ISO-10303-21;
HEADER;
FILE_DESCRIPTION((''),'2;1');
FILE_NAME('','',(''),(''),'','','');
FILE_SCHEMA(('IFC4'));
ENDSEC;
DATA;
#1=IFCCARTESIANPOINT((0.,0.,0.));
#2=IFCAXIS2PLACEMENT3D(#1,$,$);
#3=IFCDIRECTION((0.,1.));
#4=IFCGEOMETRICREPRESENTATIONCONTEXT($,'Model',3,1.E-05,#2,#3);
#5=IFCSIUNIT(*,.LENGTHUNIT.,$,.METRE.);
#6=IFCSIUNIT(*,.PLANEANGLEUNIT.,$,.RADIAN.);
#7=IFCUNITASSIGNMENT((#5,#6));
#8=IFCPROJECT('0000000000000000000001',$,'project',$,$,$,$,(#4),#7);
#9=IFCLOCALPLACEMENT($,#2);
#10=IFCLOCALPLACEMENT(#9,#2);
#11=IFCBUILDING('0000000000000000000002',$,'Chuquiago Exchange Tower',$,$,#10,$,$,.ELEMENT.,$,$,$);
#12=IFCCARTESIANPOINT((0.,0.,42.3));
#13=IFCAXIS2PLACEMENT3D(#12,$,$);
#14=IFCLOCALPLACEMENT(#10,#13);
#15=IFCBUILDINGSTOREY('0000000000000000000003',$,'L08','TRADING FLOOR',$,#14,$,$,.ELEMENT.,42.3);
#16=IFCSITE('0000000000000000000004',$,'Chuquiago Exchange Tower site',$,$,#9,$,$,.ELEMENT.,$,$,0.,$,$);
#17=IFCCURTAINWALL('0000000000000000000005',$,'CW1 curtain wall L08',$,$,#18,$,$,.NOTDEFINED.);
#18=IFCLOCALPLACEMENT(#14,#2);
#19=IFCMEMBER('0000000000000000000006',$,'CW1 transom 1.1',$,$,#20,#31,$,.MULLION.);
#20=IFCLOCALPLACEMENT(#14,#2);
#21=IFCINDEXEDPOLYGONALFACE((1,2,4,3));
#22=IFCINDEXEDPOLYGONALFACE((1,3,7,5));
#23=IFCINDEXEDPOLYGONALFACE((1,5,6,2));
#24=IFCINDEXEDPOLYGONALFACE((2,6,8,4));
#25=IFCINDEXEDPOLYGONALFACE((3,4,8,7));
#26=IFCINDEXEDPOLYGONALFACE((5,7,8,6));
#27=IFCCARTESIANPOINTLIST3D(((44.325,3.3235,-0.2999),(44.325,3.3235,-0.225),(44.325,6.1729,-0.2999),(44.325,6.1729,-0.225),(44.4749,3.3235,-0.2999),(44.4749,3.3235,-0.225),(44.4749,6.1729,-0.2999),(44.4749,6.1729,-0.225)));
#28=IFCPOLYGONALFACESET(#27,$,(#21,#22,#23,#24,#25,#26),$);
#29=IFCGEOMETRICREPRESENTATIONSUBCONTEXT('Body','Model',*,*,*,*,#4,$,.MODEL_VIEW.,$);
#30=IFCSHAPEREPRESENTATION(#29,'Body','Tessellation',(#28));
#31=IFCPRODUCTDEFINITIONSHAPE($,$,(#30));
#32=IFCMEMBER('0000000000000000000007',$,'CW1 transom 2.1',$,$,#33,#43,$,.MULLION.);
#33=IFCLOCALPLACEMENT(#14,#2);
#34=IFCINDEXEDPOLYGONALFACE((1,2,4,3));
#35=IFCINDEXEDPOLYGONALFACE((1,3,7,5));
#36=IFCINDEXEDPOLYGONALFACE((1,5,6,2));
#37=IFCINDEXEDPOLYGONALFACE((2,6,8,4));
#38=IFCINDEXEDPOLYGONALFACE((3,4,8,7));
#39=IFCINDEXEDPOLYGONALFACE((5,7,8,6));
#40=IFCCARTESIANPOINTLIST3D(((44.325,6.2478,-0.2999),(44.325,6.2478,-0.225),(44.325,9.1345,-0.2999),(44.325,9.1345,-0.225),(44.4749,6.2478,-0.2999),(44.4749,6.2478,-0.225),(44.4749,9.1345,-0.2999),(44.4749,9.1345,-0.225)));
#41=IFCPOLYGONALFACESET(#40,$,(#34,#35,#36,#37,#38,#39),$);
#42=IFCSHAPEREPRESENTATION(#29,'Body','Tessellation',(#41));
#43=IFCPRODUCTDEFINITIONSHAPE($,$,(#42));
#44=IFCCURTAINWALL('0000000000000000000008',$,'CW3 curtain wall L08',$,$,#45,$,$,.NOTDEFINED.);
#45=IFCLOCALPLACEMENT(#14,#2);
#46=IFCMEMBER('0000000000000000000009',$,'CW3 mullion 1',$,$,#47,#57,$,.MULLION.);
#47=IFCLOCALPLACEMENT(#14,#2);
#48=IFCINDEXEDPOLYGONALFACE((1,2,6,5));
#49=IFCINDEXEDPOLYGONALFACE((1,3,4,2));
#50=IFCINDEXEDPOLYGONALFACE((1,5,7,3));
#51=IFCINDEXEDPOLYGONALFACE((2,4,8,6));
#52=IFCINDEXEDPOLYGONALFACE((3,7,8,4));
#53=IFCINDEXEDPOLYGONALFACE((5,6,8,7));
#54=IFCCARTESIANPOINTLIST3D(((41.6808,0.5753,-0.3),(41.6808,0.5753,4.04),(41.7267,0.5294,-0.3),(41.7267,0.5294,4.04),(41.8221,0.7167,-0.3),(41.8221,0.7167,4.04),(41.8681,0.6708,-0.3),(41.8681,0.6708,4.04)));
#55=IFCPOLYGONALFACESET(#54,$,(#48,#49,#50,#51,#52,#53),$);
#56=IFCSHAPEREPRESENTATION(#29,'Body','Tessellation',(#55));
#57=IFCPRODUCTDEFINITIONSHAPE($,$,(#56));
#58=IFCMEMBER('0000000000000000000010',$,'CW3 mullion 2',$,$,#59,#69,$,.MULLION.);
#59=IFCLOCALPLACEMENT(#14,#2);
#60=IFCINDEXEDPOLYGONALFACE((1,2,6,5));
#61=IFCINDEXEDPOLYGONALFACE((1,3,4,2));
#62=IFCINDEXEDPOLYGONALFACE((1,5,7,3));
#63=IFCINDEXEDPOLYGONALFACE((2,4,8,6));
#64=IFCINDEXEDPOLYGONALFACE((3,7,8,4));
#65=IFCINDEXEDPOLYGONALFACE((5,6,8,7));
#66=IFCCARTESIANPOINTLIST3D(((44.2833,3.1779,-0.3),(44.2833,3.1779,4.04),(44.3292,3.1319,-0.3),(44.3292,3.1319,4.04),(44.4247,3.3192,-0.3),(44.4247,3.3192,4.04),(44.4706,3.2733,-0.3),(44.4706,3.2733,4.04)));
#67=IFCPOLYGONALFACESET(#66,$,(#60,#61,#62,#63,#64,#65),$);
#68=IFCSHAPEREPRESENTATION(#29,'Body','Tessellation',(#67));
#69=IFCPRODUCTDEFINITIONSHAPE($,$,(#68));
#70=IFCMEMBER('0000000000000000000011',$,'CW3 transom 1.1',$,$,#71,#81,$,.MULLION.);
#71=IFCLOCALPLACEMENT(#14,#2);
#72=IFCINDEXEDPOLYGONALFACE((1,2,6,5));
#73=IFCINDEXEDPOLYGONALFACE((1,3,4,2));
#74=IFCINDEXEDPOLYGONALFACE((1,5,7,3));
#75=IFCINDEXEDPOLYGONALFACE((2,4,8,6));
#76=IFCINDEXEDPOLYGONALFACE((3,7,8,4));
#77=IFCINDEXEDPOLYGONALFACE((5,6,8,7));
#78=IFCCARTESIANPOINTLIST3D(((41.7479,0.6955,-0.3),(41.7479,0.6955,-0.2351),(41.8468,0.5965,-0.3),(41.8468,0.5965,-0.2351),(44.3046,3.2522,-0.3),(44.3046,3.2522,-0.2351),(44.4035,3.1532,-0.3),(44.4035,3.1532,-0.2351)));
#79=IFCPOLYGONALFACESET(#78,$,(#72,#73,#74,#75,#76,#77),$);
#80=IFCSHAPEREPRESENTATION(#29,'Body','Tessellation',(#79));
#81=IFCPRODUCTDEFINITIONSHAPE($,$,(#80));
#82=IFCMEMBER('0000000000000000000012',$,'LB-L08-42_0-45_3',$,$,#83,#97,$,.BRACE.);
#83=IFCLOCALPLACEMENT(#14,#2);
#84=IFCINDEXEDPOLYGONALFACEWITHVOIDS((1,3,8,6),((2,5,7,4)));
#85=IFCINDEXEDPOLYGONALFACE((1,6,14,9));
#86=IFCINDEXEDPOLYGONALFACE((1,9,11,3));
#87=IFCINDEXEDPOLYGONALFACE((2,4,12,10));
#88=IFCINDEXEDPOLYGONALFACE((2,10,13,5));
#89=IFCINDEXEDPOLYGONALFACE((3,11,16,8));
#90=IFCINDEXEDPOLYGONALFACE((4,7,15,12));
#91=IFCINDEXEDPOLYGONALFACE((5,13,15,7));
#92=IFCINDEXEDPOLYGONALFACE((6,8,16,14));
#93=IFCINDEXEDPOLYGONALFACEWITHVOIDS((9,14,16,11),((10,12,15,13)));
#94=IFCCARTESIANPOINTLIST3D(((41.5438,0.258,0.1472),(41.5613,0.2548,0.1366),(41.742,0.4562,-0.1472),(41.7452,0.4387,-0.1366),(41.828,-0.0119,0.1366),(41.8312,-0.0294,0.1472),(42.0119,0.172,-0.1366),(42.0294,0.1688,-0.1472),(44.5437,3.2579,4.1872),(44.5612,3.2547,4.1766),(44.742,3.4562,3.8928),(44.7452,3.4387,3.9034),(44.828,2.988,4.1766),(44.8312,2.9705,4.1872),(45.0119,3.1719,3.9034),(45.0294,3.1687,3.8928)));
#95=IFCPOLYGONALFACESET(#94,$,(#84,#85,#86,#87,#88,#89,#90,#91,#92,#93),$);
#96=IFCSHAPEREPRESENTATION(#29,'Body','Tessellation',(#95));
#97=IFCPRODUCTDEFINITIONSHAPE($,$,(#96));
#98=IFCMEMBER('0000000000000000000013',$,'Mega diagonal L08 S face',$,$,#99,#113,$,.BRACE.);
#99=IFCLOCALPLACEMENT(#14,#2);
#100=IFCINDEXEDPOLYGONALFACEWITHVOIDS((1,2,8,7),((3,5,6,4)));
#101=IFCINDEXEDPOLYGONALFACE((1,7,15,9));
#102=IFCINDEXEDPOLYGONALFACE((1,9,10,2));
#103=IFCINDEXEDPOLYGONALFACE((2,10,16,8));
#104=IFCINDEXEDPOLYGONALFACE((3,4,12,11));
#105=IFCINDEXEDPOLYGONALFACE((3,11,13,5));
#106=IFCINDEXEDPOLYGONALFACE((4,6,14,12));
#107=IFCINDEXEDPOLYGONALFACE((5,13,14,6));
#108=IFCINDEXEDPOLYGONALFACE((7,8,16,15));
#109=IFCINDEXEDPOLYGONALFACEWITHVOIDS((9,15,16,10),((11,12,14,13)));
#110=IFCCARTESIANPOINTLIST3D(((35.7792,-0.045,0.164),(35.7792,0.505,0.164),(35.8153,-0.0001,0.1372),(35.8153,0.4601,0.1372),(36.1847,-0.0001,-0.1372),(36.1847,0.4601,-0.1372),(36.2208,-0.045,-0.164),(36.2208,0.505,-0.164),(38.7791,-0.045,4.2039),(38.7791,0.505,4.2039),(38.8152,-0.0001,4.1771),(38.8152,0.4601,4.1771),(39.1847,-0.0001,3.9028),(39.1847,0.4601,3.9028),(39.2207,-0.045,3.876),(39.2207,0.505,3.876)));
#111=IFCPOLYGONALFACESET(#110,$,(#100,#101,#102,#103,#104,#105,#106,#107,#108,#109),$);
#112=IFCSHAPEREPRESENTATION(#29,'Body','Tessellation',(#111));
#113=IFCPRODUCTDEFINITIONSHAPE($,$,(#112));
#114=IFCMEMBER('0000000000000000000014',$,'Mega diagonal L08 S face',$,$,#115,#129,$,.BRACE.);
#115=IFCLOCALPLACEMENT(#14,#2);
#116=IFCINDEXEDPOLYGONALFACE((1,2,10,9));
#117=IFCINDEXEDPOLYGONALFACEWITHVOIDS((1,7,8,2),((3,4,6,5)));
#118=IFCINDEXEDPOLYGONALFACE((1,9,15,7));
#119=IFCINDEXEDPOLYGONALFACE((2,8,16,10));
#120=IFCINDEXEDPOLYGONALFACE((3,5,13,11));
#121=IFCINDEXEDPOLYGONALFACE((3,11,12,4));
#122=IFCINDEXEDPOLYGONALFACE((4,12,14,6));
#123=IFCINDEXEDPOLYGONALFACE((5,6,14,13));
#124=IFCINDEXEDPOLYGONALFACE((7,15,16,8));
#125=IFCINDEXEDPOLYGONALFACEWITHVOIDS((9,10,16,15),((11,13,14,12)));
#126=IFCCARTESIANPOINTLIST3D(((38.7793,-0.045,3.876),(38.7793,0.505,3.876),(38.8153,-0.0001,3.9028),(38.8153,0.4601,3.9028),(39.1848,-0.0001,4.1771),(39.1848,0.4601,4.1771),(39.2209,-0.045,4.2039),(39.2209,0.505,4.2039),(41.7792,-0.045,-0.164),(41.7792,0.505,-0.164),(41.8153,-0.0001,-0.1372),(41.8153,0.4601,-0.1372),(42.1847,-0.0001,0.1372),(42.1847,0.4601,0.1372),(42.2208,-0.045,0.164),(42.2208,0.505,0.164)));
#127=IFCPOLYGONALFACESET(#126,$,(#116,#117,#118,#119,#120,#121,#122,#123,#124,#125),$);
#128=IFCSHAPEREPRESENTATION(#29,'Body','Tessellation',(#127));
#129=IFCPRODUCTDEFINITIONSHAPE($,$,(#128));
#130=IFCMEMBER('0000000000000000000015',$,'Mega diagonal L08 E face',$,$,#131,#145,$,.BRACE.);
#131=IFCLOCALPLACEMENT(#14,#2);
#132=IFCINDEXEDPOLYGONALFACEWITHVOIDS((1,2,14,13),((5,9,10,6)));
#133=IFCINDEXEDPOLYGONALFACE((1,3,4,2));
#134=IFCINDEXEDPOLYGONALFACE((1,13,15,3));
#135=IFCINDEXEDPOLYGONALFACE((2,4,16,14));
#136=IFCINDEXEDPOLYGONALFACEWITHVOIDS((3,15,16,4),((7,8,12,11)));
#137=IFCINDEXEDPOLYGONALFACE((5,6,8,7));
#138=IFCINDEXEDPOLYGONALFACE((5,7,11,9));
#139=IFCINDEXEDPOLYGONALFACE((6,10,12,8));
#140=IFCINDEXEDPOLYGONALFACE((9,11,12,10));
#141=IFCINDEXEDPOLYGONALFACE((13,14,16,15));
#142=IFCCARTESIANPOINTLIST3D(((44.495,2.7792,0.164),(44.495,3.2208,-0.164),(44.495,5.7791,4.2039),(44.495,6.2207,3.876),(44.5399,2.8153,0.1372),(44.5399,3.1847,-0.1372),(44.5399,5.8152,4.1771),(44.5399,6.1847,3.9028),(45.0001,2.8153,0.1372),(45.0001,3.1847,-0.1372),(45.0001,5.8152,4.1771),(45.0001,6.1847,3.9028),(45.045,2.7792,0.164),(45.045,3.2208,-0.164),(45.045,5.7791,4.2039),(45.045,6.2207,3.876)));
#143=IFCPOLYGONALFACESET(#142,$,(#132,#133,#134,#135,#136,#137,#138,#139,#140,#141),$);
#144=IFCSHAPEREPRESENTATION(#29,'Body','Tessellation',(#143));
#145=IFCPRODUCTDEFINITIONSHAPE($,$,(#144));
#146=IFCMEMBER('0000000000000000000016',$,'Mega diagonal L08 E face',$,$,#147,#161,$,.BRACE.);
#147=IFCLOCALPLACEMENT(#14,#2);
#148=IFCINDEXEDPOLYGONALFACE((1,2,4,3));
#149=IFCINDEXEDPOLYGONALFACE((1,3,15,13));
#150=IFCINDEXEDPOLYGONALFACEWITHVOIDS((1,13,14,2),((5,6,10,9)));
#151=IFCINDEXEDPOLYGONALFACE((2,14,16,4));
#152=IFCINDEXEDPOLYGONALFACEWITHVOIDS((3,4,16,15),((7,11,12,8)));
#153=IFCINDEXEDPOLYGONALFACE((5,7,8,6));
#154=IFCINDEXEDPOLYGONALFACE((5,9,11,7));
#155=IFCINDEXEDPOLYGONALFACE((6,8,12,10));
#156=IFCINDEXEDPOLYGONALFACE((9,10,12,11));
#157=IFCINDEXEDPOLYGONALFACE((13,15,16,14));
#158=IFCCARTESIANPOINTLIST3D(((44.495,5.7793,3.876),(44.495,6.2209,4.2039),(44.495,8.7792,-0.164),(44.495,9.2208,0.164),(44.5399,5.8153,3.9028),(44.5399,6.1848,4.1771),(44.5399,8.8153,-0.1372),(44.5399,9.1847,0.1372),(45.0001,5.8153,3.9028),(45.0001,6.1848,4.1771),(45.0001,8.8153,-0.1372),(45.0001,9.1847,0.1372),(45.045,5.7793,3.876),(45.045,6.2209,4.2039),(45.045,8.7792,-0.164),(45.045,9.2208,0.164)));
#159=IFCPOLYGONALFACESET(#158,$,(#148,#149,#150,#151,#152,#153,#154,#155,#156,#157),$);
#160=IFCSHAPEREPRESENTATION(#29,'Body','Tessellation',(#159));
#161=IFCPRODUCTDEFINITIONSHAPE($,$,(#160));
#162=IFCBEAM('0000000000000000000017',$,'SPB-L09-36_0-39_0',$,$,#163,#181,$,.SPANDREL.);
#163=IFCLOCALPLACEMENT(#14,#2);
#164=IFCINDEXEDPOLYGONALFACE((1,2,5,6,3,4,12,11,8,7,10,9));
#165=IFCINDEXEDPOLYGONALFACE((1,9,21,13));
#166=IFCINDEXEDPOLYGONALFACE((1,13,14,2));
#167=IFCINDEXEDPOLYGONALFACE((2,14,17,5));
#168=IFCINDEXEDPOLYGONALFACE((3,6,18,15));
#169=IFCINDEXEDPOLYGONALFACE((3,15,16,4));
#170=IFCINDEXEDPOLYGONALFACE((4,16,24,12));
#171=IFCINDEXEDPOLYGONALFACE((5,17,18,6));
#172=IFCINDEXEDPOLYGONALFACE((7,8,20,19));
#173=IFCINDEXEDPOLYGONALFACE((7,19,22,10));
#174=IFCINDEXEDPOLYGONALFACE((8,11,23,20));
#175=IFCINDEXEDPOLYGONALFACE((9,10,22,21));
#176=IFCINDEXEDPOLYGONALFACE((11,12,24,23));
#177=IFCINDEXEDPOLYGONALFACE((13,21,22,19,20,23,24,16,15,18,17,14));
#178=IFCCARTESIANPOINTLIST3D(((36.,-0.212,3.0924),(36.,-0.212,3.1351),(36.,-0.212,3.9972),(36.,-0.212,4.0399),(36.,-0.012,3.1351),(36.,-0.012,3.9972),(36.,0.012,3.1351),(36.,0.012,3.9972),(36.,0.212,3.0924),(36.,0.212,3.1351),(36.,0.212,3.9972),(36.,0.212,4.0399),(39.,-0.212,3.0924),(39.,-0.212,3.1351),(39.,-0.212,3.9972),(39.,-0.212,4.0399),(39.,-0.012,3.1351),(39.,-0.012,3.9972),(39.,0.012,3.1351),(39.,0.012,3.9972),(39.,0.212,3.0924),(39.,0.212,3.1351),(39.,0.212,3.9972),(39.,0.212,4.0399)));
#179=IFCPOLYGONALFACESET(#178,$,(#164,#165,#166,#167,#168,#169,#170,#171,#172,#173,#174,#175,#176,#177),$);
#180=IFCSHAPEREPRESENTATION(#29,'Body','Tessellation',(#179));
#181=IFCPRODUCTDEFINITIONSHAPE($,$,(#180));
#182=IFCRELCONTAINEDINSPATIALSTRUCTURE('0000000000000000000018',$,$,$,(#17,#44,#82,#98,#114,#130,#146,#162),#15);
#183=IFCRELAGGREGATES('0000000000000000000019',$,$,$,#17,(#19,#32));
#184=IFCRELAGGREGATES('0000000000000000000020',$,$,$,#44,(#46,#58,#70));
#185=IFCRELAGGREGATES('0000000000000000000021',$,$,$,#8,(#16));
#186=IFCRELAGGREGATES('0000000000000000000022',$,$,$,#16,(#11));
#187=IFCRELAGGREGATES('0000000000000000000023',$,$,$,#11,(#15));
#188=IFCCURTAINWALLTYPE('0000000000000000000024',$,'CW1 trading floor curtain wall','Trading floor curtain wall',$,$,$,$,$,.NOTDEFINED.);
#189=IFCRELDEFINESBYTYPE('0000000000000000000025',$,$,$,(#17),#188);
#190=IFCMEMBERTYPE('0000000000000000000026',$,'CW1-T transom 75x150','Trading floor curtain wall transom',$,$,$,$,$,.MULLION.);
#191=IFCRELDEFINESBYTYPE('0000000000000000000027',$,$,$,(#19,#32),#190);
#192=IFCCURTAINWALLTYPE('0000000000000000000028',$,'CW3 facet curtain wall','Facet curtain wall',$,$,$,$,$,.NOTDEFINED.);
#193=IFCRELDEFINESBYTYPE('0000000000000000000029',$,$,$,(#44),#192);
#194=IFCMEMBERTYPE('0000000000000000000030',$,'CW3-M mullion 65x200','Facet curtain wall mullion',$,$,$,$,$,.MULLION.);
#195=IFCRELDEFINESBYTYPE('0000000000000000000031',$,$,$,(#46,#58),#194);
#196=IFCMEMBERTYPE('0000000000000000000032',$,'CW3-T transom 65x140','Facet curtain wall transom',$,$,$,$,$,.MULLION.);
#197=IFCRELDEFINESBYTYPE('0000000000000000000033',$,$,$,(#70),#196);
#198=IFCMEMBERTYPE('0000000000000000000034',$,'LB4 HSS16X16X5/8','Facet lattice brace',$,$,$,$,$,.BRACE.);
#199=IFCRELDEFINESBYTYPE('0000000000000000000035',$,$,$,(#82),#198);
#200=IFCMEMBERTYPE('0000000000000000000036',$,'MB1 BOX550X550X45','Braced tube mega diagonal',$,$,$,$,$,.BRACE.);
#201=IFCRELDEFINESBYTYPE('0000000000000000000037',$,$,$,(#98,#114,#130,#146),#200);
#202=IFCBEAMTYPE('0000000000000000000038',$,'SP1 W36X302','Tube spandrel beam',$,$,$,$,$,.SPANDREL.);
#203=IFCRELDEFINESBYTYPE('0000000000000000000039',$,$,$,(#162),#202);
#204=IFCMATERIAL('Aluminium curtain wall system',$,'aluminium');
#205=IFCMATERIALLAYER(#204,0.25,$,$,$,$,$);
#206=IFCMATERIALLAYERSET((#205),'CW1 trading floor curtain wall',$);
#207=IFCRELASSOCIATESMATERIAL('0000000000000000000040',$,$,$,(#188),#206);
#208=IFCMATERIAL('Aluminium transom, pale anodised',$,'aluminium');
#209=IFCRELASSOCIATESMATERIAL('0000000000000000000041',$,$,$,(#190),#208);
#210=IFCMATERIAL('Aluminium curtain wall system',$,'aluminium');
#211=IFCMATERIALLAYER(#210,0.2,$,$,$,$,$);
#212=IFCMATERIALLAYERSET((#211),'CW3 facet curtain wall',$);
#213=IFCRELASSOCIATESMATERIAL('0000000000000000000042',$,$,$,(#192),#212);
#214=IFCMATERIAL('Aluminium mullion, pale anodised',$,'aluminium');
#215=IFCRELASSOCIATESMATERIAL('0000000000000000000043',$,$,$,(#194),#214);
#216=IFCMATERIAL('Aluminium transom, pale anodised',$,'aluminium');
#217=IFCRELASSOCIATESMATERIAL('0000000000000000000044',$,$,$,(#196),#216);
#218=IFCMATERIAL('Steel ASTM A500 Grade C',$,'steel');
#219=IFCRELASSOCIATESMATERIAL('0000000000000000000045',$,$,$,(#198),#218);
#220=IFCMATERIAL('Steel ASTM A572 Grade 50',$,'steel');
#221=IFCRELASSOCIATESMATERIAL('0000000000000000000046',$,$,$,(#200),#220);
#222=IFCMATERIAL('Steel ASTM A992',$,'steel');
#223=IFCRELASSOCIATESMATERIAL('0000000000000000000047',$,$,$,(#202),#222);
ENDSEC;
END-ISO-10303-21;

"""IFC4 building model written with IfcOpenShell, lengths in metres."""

from ifc_helpers import new_model, si_unit, direction, frame, origin, origin_2d, place, context, subcontext, project, spatial, rectangle, hollow_rectangle, i_section, extrude, material, layer, layer_set, material_profile, profile_set, type_object, element, aggregate, save


model = new_model("IFC4")

# Units and contexts
model_context = context("Model", 3, precision=1e-05, world=origin(), true_north=direction((0.0, 1.0)))
body_context = subcontext(model_context, "Body", "Model", "MODEL_VIEW")
ifc_project = project(units=[si_unit("LENGTHUNIT", "METRE"), si_unit("PLANEANGLEUNIT", "RADIAN")], contexts=[model_context])

# Site, building, storey
site_placement = place(None, origin())
site = spatial("IfcSite", under=ifc_project, at=site_placement, Name="Chuquiago Exchange Tower site", CompositionType="ELEMENT", RefElevation=0.0)
building_placement = place(site_placement, origin())
building = spatial("IfcBuilding", under=site, at=building_placement, Name="Chuquiago Exchange Tower", CompositionType="ELEMENT")
storey_placement = place(building_placement, frame((0.0, 0.0, 42.3)))
storey = spatial("IfcBuildingStorey", under=building, at=storey_placement, Name="L08", Description="TRADING FLOOR", CompositionType="ELEMENT", Elevation=42.3)

# Curtain wall
ifc_material_1 = material(Name="Aluminium curtain wall system", Category="aluminium")
ifc_layer_1 = layer(ifc_material_1, 0.25)
ifc_layer_set_1 = layer_set([ifc_layer_1], Name="CW1 trading floor curtain wall")
curtain_wall_type_1 = type_object("IfcCurtainWallType", Name="CW1 trading floor curtain wall", Description="Trading floor curtain wall", PredefinedType="NOTDEFINED", material=ifc_layer_set_1)
curtain_wall_1_placement = place(storey_placement, origin())
curtain_wall_1 = element("IfcCurtainWall", 1, at=curtain_wall_1_placement, inside=storey, type_object=curtain_wall_type_1, Name="CW1 curtain wall L08", PredefinedType="NOTDEFINED")

# Members
ifc_material_2 = material(Name="Aluminium transom, pale anodised", Category="aluminium")
ifc_material_profile_1 = material_profile(ifc_material_2, rectangle(XDim=0.1499, YDim=0.075, at=origin_2d()), Name="AL 150x75")
ifc_profile_set_1 = profile_set([ifc_material_profile_1], Name="Aluminium transom, pale anodised")
member_type_1 = type_object("IfcMemberType", Name="CW1-T transom 75x150", Description="Trading floor curtain wall transom", PredefinedType="MULLION", material=ifc_profile_set_1)
member_1_placement = place(storey_placement, frame((44.3999, 3.3235, -0.2625), z_axis=(0.0, 1.0, 0.0), x_axis=(-1.0, 0.0, 0.0)))
member_1 = element("IfcMember", 2, at=member_1_placement, type_object=member_type_1, Name="CW1 transom 1.1", PredefinedType="MULLION", context=body_context, shape_type="SweptSolid", body=[
    extrude(rectangle(XDim=0.1499, YDim=0.075, at=origin_2d()), origin(), (0.0, 0.0, 1.0), 2.8494),
])
member_2_placement = place(storey_placement, frame((44.3999, 6.2478, -0.2625), z_axis=(0.0, 1.0, 0.0), x_axis=(-1.0, 0.0, 0.0)))
member_2 = element("IfcMember", 3, at=member_2_placement, type_object=member_type_1, Name="CW1 transom 2.1", PredefinedType="MULLION", context=body_context, shape_type="SweptSolid", body=[
    extrude(rectangle(XDim=0.1499, YDim=0.075, at=origin_2d()), origin(), (0.0, 0.0, 1.0), 2.8867),
])

# Curtain wall, members
ifc_material_3 = material(Name="Aluminium curtain wall system", Category="aluminium")
ifc_layer_2 = layer(ifc_material_3, 0.2)
ifc_layer_set_2 = layer_set([ifc_layer_2], Name="CW3 facet curtain wall")
curtain_wall_type_2 = type_object("IfcCurtainWallType", Name="CW3 facet curtain wall", Description="Facet curtain wall", PredefinedType="NOTDEFINED", material=ifc_layer_set_2)
curtain_wall_2_placement = place(storey_placement, origin())
curtain_wall_2 = element("IfcCurtainWall", 4, at=curtain_wall_2_placement, inside=storey, type_object=curtain_wall_type_2, Name="CW3 curtain wall L08", PredefinedType="NOTDEFINED")
ifc_material_4 = material(Name="Aluminium mullion, pale anodised", Category="aluminium")
ifc_material_profile_2 = material_profile(ifc_material_4, rectangle(XDim=0.0649, YDim=0.2, at=origin_2d()), Name="AL 65x200")
ifc_profile_set_2 = profile_set([ifc_material_profile_2], Name="Aluminium mullion, pale anodised")
member_type_2 = type_object("IfcMemberType", Name="CW3-M mullion 65x200", Description="Facet curtain wall mullion", PredefinedType="MULLION", material=ifc_profile_set_2)
member_3_placement = place(storey_placement, frame((41.7744, 0.623, -0.3), z_axis=(0.0, 0.0, 1.0), x_axis=(-0.707107, 0.707107, 0.0)))
member_3 = element("IfcMember", 5, at=member_3_placement, type_object=member_type_2, Name="CW3 mullion 1", PredefinedType="MULLION", context=body_context, shape_type="SweptSolid", body=[
    extrude(rectangle(XDim=0.0649, YDim=0.2, at=origin_2d()), origin(), (0.0, 0.0, 1.0), 4.3401),
])
member_4_placement = place(storey_placement, frame((44.377, 3.2256, -0.3), z_axis=(0.0, 0.0, 1.0), x_axis=(-0.707107, 0.707107, 0.0)))
member_4 = element("IfcMember", 6, at=member_4_placement, type_object=member_type_2, Name="CW3 mullion 2", PredefinedType="MULLION", context=body_context, shape_type="SweptSolid", body=[
    extrude(rectangle(XDim=0.0649, YDim=0.2, at=origin_2d()), origin(), (0.0, 0.0, 1.0), 4.3401),
])
ifc_material_5 = material(Name="Aluminium transom, pale anodised", Category="aluminium")
ifc_material_profile_3 = material_profile(ifc_material_5, rectangle(XDim=0.1399, YDim=0.0649, at=origin_2d()), Name="AL 140x65")
ifc_profile_set_3 = profile_set([ifc_material_profile_3], Name="Aluminium transom, pale anodised")
member_type_3 = type_object("IfcMemberType", Name="CW3-T transom 65x140", Description="Facet curtain wall transom", PredefinedType="MULLION", material=ifc_profile_set_3)
member_5_placement = place(storey_placement, frame((41.7974, 0.646, -0.2676), z_axis=(0.707107, 0.707107, 0.0), x_axis=(-0.707107, 0.707107, 0.0)))
member_5 = element("IfcMember", 7, at=member_5_placement, type_object=member_type_3, Name="CW3 transom 1.1", PredefinedType="MULLION", context=body_context, shape_type="SweptSolid", body=[
    extrude(rectangle(XDim=0.1399, YDim=0.0649, at=origin_2d()), origin(), (0.0, 0.0, 1.0), 3.6157),
])

# Members
ifc_material_6 = material(Name="Steel ASTM A500 Grade C", Category="steel")
ifc_material_profile_4 = material_profile(ifc_material_6, hollow_rectangle(XDim=0.4065, YDim=0.4065, WallThickness=0.0146, at=origin_2d()), Name="HSS16X16X5/8")
ifc_profile_set_4 = profile_set([ifc_material_profile_4], Name="Steel ASTM A500 Grade C")
member_type_4 = type_object("IfcMemberType", Name="LB4 HSS16X16X5/8", Description="Facet lattice brace", PredefinedType="BRACE", material=ifc_profile_set_4)
member_6_placement = place(storey_placement, frame((41.7866, 0.2134, 0.0), z_axis=(0.512077, 0.512077, 0.689604), x_axis=(-0.707107, 0.707107, 0.0)))
element("IfcMember", 8, at=member_6_placement, inside=storey, type_object=member_type_4, Name="LB-L08-42_0-45_3", PredefinedType="BRACE", context=body_context, shape_type="SweptSolid", body=[
    extrude(hollow_rectangle(XDim=0.4065, YDim=0.4065, WallThickness=0.0146, at=origin_2d()), origin(), (0.0, 0.0, 1.0), 5.8584),
])
ifc_material_7 = material(Name="Steel ASTM A572 Grade 50", Category="steel")
ifc_material_profile_5 = material_profile(ifc_material_7, hollow_rectangle(XDim=0.55, YDim=0.55, WallThickness=0.0449, at=origin_2d()), Name="BOX550X550X45")
ifc_profile_set_5 = profile_set([ifc_material_profile_5], Name="Steel ASTM A572 Grade 50")
member_type_5 = type_object("IfcMemberType", Name="MB1 BOX550X550X45", Description="Braced tube mega diagonal", PredefinedType="BRACE", material=ifc_profile_set_5)
for number, where, z_axis, x_axis, name in (
    (9, (36.0, 0.23, 0.0), (0.596174, 0.0, 0.802855), (0.0, 1.0, 0.0), "Mega diagonal L08 S face"),
    (10, (42.0, 0.23, 0.0), (-0.596174, 0.0, 0.802855), (0.0, -1.0, 0.0), "Mega diagonal L08 S face"),
    (11, (44.77, 3.0, 0.0), (0.0, 0.596174, 0.802855), (-1.0, 0.0, 0.0), "Mega diagonal L08 E face"),
    (12, (44.77, 9.0, 0.0), (0.0, -0.596174, 0.802855), (1.0, 0.0, 0.0), "Mega diagonal L08 E face"),
):
    element("IfcMember", number, at=place(storey_placement, frame(where, z_axis=z_axis, x_axis=x_axis)), inside=storey, type_object=member_type_5, Name=name, PredefinedType="BRACE", context=body_context, shape_type="SweptSolid", body=[
        extrude(hollow_rectangle(XDim=0.55, YDim=0.55, WallThickness=0.0449, at=origin_2d()), origin(), (0.0, 0.0, 1.0), 5.032),
    ])

# Beam
ifc_material_8 = material(Name="Steel ASTM A992", Category="steel")
ifc_material_profile_6 = material_profile(ifc_material_8, i_section(OverallWidth=0.4241, OverallDepth=0.9475, WebThickness=0.0239, FlangeThickness=0.0427, at=origin_2d()), Name="W36X302")
ifc_profile_set_6 = profile_set([ifc_material_profile_6], Name="Steel ASTM A992")
beam_type = type_object("IfcBeamType", Name="SP1 W36X302", Description="Tube spandrel beam", PredefinedType="SPANDREL", material=ifc_profile_set_6)
for number, where, z_axis, x_axis, name in (
    (13, (36.0, 0.0, 3.5662), (1.0, 0.0, 0.0), (0.0, 1.0, 0.0), "SPB-L09-36_0-39_0"),
):
    element("IfcBeam", number, at=place(storey_placement, frame(where, z_axis=z_axis, x_axis=x_axis)), inside=storey, type_object=beam_type, Name=name, PredefinedType="SPANDREL", context=body_context, shape_type="SweptSolid", body=[
        extrude(i_section(OverallWidth=0.4241, OverallDepth=0.9475, WebThickness=0.0239, FlangeThickness=0.0427, at=origin_2d()), origin(), (0.0, 0.0, 1.0), 3.0),
    ])

aggregate(curtain_wall_1, [member_1, member_2])
aggregate(curtain_wall_2, [member_3, member_4, member_5])

save(model, "model.ifc")
